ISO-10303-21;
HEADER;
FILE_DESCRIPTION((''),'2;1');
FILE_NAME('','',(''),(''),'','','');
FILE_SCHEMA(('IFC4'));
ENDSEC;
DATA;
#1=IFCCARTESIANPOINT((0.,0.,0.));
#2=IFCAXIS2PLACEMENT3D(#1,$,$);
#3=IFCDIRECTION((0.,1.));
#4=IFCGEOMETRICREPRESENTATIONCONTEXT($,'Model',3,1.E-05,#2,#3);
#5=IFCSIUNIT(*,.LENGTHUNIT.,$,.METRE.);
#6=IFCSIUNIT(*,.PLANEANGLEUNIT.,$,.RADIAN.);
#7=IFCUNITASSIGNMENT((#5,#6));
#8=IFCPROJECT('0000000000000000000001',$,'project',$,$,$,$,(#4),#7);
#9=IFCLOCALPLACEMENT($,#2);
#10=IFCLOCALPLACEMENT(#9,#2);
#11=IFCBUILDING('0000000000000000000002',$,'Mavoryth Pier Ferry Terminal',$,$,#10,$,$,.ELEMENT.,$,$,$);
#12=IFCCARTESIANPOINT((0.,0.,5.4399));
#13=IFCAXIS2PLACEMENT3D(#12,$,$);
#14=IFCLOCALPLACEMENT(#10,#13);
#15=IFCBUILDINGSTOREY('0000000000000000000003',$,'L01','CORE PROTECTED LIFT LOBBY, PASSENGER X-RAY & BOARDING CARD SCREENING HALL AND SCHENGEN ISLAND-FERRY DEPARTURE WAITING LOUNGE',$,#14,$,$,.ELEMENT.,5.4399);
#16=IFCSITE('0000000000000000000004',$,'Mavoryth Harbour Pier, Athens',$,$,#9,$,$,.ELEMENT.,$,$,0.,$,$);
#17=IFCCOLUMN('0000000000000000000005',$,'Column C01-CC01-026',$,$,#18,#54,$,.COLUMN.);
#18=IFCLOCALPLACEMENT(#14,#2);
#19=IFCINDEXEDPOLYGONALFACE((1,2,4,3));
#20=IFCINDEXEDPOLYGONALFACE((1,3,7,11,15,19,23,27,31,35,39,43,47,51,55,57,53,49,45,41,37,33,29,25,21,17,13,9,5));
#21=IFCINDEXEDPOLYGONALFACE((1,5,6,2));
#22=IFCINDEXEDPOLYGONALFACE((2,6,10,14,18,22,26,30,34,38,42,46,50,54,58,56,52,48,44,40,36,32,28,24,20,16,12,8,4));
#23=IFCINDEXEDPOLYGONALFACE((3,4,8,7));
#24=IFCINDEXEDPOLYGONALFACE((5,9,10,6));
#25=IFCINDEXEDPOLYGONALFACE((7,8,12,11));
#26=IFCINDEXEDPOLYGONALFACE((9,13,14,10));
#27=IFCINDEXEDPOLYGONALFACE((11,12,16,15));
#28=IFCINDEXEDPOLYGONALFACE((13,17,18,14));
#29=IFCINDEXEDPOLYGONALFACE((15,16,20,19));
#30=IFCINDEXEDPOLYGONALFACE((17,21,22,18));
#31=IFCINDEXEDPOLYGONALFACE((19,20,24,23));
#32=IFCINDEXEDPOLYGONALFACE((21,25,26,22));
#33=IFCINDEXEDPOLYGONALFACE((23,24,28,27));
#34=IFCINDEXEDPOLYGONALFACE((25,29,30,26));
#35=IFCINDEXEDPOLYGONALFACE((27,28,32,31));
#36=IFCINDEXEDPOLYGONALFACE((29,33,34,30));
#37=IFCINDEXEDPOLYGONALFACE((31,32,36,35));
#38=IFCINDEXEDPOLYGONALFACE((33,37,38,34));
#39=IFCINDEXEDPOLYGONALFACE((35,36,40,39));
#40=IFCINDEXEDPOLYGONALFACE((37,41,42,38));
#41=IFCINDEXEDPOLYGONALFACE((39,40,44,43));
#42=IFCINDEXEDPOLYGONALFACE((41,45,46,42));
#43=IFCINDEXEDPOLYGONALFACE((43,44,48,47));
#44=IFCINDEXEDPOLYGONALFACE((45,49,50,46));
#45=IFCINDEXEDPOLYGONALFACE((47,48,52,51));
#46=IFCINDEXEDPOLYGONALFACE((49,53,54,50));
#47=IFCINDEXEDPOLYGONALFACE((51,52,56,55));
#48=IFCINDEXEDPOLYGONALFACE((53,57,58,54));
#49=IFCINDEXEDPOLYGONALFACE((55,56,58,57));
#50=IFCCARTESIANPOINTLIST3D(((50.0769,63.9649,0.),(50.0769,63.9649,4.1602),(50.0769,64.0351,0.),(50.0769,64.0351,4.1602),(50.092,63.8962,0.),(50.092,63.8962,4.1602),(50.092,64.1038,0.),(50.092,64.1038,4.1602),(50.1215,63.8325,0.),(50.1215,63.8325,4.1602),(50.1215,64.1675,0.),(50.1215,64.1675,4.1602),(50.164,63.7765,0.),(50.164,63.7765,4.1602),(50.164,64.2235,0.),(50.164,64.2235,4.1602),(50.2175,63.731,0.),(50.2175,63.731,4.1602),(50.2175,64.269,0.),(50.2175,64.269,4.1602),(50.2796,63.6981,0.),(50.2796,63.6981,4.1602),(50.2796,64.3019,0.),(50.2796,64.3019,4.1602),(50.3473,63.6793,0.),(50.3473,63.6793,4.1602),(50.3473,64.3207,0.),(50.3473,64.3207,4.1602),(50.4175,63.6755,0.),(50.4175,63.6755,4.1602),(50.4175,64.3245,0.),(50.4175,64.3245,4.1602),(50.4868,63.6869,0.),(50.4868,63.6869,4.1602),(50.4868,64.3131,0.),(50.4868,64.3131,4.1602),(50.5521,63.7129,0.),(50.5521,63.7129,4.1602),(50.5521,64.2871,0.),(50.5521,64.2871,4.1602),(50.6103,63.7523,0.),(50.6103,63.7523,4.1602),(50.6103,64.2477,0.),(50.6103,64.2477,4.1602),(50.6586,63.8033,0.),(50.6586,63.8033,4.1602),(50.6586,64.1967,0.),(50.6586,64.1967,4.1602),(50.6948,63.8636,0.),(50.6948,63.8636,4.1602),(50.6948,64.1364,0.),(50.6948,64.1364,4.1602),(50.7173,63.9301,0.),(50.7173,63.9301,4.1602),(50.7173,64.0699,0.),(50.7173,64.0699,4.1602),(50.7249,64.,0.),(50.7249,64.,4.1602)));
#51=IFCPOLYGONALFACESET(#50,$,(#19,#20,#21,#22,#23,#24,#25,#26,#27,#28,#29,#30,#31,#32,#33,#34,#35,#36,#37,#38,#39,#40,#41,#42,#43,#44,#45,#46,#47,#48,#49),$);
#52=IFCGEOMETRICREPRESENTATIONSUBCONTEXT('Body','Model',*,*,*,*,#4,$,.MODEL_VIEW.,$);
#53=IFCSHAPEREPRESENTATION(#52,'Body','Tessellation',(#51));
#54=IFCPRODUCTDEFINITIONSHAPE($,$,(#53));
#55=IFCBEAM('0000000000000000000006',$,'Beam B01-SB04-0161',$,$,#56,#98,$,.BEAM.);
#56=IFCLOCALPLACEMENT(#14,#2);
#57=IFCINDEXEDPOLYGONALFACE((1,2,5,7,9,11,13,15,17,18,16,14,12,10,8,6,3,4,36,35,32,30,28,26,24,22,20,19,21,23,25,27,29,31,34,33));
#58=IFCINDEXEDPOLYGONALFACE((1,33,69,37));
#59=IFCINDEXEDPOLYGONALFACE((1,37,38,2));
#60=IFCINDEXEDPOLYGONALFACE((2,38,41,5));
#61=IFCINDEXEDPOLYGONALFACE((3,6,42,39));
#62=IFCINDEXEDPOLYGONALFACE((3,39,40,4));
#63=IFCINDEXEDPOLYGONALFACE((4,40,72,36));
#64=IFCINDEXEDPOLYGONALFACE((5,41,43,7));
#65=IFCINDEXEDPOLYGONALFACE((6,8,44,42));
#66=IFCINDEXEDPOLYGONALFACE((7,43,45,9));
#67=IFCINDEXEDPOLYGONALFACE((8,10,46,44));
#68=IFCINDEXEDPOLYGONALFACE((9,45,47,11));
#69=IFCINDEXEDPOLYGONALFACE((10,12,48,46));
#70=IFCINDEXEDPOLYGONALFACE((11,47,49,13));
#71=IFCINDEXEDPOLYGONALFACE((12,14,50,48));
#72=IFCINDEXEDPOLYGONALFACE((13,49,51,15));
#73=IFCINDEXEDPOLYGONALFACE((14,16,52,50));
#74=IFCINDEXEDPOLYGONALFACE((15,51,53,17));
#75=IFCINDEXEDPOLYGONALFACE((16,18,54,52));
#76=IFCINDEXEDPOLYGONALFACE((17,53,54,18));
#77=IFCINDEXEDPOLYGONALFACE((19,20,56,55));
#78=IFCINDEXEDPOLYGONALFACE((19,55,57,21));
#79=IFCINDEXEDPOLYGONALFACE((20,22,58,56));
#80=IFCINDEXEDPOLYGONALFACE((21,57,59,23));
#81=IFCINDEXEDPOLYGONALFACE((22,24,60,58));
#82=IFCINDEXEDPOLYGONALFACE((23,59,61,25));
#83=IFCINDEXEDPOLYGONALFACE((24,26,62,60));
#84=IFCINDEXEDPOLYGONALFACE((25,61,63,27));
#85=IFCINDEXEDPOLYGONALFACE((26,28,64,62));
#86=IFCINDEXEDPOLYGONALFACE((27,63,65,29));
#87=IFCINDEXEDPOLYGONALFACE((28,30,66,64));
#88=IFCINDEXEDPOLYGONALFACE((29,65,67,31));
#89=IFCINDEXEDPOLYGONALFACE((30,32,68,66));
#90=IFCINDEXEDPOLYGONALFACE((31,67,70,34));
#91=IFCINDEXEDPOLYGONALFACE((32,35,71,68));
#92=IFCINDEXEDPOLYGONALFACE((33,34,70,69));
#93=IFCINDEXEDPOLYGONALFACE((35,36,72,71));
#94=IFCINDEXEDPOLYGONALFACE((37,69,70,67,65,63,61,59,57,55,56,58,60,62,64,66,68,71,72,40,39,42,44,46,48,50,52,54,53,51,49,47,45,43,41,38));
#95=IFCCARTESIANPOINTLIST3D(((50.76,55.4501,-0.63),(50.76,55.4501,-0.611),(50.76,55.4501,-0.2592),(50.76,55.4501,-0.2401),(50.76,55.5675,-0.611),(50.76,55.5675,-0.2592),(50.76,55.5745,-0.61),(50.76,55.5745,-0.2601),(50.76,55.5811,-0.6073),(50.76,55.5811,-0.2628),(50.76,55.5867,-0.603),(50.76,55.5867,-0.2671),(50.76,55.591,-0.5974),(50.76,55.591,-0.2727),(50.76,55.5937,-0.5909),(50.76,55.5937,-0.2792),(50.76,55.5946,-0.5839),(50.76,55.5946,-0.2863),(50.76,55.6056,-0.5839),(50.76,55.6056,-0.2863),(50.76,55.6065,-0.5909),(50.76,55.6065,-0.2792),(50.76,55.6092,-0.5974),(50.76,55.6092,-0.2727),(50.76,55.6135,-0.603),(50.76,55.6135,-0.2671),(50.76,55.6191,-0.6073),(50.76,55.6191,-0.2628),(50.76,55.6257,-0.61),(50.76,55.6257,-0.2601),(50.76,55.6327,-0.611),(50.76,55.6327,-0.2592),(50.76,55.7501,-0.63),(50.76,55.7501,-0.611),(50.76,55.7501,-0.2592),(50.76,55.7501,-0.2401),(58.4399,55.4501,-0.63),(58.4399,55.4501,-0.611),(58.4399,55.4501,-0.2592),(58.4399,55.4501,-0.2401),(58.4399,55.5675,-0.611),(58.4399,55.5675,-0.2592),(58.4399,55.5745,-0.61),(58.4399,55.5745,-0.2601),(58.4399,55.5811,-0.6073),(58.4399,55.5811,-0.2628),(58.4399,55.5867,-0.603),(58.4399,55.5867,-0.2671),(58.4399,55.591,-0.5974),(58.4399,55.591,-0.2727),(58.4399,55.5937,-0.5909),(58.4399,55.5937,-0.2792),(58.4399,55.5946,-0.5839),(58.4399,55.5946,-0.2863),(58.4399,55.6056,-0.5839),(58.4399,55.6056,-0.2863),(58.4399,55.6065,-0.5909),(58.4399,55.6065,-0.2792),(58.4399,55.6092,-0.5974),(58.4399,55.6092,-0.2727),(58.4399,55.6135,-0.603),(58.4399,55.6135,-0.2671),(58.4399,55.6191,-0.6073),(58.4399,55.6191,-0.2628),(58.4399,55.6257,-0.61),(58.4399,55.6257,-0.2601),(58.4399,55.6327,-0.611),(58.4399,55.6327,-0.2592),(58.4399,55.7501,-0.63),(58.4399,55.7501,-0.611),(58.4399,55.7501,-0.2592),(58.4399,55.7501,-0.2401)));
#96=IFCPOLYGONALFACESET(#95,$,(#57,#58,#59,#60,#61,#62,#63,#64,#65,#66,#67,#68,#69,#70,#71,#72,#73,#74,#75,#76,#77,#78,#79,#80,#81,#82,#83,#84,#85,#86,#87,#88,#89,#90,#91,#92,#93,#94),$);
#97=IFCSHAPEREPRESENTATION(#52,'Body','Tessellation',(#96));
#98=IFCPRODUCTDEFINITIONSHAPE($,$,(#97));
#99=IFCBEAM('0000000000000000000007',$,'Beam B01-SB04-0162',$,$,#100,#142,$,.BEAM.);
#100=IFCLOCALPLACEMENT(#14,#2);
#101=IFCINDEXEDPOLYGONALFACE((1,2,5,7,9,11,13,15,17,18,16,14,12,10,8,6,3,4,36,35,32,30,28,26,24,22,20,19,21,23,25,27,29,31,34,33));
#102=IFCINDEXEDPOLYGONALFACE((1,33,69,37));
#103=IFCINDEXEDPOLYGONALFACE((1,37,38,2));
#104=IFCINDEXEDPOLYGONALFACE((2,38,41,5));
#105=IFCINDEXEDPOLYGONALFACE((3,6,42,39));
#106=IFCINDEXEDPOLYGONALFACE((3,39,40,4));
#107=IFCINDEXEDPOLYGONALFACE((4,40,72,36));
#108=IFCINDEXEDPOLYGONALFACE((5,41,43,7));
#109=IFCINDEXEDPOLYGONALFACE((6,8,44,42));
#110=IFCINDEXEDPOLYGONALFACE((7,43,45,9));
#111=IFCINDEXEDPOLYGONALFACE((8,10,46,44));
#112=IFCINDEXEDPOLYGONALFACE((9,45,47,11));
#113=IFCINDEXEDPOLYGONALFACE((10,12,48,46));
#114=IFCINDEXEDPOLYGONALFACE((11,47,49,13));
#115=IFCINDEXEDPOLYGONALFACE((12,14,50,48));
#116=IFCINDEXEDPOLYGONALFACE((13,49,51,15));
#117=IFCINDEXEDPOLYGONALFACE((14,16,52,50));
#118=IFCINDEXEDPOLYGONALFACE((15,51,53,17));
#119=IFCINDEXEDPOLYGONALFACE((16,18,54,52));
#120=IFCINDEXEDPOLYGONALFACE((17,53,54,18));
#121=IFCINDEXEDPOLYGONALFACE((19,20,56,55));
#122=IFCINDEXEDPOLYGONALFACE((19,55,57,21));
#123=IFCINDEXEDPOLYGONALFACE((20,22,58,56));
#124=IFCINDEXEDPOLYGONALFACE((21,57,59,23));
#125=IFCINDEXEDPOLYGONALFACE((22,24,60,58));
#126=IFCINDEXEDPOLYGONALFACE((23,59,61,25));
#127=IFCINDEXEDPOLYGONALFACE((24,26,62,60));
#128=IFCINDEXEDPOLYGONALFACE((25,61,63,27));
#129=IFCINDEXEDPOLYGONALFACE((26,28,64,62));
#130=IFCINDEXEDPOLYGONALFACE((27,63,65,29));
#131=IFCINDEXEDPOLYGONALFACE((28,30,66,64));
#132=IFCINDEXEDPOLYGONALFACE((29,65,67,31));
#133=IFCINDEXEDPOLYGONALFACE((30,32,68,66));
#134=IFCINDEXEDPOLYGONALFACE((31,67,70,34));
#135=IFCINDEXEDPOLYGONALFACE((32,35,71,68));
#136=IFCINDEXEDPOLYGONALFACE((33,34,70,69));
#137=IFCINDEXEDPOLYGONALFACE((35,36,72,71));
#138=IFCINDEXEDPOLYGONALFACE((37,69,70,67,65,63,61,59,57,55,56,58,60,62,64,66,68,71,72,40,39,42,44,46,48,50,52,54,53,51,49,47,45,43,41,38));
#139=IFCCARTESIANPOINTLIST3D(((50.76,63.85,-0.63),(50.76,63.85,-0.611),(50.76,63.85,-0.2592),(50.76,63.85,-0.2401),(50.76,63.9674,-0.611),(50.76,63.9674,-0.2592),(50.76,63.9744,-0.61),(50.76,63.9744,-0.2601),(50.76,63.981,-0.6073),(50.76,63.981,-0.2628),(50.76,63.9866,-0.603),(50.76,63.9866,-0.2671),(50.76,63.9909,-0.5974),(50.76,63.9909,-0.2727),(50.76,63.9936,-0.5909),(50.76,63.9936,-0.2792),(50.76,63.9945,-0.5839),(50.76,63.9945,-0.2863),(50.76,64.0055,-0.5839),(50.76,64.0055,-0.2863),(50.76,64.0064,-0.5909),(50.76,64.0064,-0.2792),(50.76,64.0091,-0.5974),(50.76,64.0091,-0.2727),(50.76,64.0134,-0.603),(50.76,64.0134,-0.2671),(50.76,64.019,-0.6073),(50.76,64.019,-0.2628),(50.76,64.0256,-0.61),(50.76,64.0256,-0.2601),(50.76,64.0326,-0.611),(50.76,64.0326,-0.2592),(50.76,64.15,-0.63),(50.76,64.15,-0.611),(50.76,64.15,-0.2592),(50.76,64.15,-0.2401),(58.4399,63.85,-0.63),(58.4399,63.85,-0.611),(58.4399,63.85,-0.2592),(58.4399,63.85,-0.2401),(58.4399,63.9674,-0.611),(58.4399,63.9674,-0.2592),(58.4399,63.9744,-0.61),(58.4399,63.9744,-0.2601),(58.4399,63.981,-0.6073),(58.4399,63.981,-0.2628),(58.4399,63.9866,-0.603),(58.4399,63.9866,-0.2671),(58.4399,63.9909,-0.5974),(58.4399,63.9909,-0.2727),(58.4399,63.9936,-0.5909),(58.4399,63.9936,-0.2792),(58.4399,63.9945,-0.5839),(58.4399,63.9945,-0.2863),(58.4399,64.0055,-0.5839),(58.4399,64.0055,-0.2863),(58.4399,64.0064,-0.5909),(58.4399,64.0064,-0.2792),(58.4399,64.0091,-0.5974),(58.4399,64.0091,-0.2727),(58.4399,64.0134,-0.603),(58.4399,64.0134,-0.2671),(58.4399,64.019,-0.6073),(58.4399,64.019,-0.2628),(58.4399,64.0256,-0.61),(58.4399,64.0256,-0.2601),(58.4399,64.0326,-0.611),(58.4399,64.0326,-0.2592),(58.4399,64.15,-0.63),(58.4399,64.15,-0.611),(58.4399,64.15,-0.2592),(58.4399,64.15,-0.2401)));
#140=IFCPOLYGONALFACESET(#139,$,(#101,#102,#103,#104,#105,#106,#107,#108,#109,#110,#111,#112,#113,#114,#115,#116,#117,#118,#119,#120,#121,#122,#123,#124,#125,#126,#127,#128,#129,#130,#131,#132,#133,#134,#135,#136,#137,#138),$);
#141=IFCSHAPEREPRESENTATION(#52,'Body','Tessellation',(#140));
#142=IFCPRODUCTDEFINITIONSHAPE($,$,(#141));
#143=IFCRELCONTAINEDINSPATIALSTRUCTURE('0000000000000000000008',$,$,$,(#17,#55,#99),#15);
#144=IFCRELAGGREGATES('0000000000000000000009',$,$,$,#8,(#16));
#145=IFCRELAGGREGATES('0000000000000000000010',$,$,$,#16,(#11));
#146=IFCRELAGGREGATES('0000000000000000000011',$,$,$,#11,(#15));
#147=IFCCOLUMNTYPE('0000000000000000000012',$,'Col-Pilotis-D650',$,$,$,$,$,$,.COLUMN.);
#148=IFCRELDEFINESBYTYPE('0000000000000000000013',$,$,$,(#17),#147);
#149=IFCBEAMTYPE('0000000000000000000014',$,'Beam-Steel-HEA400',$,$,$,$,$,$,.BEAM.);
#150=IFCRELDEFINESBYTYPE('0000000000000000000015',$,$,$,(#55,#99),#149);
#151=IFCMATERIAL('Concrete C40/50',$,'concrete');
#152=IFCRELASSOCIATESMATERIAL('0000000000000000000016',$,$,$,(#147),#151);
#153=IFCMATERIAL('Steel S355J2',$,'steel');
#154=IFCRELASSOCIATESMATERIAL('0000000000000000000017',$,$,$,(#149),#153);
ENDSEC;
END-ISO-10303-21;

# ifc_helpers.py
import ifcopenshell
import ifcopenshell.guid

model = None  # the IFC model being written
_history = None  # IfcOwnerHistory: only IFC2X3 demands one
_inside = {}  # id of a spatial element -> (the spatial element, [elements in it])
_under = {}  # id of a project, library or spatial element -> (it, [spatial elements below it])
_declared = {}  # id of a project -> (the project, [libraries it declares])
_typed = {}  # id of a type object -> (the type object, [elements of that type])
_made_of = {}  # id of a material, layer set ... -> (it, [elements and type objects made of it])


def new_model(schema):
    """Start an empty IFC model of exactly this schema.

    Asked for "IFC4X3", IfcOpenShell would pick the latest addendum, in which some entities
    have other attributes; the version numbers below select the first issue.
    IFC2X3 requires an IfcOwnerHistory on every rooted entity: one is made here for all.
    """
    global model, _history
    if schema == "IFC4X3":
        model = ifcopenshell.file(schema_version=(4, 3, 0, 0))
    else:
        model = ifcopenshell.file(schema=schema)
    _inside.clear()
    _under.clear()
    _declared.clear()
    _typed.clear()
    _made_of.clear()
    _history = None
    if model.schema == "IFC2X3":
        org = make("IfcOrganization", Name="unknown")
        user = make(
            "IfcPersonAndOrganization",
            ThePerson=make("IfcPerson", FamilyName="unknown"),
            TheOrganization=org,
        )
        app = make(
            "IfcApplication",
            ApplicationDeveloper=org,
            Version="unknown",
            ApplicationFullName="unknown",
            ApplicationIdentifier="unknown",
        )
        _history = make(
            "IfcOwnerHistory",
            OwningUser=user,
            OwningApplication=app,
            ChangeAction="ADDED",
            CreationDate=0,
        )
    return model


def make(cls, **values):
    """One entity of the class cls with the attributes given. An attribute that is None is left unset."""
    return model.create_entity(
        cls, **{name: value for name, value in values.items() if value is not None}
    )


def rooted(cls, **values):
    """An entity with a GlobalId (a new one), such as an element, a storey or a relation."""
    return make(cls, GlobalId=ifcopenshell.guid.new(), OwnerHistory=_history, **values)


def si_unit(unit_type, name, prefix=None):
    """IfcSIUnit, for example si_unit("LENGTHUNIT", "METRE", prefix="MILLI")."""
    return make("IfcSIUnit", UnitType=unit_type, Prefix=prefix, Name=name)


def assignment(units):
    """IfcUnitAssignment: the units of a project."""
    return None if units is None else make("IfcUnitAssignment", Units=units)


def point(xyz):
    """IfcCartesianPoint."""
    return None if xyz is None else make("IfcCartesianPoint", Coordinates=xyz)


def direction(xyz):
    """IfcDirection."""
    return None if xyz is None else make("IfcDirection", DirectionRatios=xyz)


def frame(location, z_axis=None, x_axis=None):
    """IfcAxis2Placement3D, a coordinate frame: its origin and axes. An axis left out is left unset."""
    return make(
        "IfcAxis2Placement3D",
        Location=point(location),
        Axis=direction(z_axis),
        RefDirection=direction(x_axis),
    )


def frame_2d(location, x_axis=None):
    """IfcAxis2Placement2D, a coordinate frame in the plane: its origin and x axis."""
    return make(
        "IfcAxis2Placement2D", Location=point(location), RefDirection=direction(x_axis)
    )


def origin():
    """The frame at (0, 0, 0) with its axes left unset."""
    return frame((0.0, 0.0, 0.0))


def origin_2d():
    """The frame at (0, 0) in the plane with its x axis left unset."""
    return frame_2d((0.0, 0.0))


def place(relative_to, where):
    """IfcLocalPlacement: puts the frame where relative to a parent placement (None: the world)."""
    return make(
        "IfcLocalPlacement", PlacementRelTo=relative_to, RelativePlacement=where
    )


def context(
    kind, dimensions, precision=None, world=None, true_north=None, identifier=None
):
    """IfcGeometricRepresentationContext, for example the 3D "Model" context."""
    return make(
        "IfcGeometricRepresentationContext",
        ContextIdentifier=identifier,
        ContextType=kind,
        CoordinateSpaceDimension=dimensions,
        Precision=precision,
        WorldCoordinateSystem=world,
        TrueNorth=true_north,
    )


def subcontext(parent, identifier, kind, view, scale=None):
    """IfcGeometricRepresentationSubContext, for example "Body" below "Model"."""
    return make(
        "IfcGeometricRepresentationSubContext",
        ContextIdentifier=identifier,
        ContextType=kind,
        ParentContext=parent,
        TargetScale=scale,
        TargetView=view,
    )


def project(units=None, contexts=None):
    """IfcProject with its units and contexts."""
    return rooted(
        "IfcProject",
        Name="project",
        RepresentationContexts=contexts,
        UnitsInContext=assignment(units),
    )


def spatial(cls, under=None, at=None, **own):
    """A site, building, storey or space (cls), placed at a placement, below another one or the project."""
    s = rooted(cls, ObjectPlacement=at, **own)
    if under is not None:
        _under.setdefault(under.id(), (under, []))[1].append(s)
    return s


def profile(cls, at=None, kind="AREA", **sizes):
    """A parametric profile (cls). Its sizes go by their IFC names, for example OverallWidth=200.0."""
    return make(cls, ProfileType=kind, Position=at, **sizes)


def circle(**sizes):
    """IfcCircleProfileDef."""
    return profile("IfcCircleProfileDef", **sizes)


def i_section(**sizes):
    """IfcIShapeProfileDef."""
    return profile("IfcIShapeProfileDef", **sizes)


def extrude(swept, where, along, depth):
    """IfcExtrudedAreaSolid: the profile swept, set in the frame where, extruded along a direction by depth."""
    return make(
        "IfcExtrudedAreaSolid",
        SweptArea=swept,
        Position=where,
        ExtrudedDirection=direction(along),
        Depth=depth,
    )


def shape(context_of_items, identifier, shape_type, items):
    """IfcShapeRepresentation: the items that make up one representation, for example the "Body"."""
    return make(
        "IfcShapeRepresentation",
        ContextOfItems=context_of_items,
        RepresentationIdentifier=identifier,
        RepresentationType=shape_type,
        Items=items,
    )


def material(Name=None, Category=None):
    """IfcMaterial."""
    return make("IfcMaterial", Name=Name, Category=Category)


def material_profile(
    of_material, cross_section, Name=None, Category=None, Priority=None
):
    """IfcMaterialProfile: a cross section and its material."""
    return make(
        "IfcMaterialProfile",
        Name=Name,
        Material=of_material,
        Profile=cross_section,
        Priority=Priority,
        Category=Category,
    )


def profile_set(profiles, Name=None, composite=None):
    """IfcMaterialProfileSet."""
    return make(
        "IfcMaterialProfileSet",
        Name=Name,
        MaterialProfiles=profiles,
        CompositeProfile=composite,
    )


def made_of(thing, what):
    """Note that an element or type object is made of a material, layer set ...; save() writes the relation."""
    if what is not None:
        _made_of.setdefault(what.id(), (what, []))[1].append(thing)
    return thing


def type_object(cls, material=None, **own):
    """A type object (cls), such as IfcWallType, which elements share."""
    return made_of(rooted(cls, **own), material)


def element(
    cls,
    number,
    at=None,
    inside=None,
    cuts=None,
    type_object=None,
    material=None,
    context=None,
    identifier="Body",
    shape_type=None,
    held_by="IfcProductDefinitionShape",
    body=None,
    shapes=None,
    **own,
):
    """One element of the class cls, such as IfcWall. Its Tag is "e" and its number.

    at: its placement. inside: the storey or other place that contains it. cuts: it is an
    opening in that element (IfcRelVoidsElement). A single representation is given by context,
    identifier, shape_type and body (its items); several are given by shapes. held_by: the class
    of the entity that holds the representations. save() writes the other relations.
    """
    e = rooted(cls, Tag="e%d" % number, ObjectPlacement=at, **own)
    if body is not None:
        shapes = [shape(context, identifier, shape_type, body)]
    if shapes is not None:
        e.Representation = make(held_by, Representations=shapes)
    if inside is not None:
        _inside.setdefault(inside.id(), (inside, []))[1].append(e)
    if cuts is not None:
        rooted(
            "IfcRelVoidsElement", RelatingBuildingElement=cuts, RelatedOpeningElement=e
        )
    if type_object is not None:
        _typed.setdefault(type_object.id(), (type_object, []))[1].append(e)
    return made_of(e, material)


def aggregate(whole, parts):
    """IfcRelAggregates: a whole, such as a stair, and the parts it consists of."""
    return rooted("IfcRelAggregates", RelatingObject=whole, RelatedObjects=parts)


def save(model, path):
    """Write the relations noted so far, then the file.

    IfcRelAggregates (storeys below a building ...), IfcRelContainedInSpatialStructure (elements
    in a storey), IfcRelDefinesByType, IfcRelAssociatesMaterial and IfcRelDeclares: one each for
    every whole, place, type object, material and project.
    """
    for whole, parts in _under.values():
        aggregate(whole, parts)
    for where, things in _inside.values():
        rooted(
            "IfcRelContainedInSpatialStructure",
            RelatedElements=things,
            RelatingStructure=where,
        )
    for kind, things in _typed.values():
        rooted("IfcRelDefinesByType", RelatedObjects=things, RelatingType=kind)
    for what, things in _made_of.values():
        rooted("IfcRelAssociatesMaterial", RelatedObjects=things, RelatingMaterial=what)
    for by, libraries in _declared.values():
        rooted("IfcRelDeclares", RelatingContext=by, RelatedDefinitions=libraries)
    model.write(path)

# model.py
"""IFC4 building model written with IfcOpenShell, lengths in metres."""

from ifc_helpers import new_model, si_unit, direction, frame, origin, origin_2d, place, context, subcontext, project, spatial, circle, i_section, extrude, material, material_profile, profile_set, type_object, element, save


model = new_model("IFC4")

# Units and contexts
model_context = context("Model", 3, precision=1e-05, world=origin(), true_north=direction((0.0, 1.0)))
body_context = subcontext(model_context, "Body", "Model", "MODEL_VIEW")
ifc_project = project(units=[si_unit("LENGTHUNIT", "METRE"), si_unit("PLANEANGLEUNIT", "RADIAN")], contexts=[model_context])

# Site, building, storey
site_placement = place(None, origin())
site = spatial("IfcSite", under=ifc_project, at=site_placement, Name="Mavoryth Harbour Pier, Athens", CompositionType="ELEMENT", RefElevation=0.0)
building_placement = place(site_placement, origin())
building = spatial("IfcBuilding", under=site, at=building_placement, Name="Mavoryth Pier Ferry Terminal", CompositionType="ELEMENT")
storey_placement = place(building_placement, frame((0.0, 0.0, 5.4399)))
storey = spatial("IfcBuildingStorey", under=building, at=storey_placement, Name="L01", Description="CORE PROTECTED LIFT LOBBY, PASSENGER X-RAY & BOARDING CARD SCREENING HALL AND SCHENGEN ISLAND-FERRY DEPARTURE WAITING LOUNGE", CompositionType="ELEMENT", Elevation=5.4399)

# Column
ifc_material_1 = material(Name="Concrete C40/50", Category="concrete")
ifc_material_profile_1 = material_profile(ifc_material_1, circle(Radius=0.325, at=origin_2d()), Name="RC D650", Category="concrete")
ifc_profile_set_1 = profile_set([ifc_material_profile_1], Name="Concrete C40/50 - RC D650")
column_type = type_object("IfcColumnType", Name="Col-Pilotis-D650", PredefinedType="COLUMN", material=ifc_profile_set_1)
column_placement = place(storey_placement, frame((50.3999, 64.0, 0.0), z_axis=(0.0, 0.0, 1.0), x_axis=(1.0, 0.0, 0.0)))
element("IfcColumn", 1, at=column_placement, inside=storey, type_object=column_type, Name="Column C01-CC01-026", PredefinedType="COLUMN", context=body_context, shape_type="SweptSolid", body=[
    extrude(circle(Radius=0.325, at=origin_2d()), origin(), (0.0, 0.0, 1.0), 4.1602),
])

# Beams
ifc_material_2 = material(Name="Steel S355J2", Category="steel")
ifc_material_profile_2 = material_profile(ifc_material_2, i_section(OverallWidth=0.3, OverallDepth=0.3899, WebThickness=0.011, FlangeThickness=0.019, FilletRadius=0.0271, at=origin_2d()), Name="HEA 400", Category="steel")
ifc_profile_set_2 = profile_set([ifc_material_profile_2], Name="Steel S355J2 - HEA 400")
beam_type_1 = type_object("IfcBeamType", Name="Beam-Steel-HEA400", PredefinedType="BEAM", material=ifc_profile_set_2)
for number, where, z_axis, x_axis, name in (
    (2, (50.76, 55.6001, -0.4351), (1.0, 0.0, 0.0), (0.0, 1.0, 0.0), "Beam B01-SB04-0161"),
    (3, (50.76, 64.0, -0.4351), (1.0, 0.0, 0.0), (0.0, 1.0, 0.0), "Beam B01-SB04-0162"),
):
    element("IfcBeam", number, at=place(storey_placement, frame(where, z_axis=z_axis, x_axis=x_axis)), inside=storey, type_object=beam_type_1, Name=name, PredefinedType="BEAM", context=body_context, shape_type="SweptSolid", body=[
        extrude(i_section(OverallWidth=0.3, OverallDepth=0.3899, WebThickness=0.011, FlangeThickness=0.019, FilletRadius=0.0271, at=origin_2d()), origin(), (0.0, 0.0, 1.0), 7.6799),
    ])

save(model, "model.ifc")
